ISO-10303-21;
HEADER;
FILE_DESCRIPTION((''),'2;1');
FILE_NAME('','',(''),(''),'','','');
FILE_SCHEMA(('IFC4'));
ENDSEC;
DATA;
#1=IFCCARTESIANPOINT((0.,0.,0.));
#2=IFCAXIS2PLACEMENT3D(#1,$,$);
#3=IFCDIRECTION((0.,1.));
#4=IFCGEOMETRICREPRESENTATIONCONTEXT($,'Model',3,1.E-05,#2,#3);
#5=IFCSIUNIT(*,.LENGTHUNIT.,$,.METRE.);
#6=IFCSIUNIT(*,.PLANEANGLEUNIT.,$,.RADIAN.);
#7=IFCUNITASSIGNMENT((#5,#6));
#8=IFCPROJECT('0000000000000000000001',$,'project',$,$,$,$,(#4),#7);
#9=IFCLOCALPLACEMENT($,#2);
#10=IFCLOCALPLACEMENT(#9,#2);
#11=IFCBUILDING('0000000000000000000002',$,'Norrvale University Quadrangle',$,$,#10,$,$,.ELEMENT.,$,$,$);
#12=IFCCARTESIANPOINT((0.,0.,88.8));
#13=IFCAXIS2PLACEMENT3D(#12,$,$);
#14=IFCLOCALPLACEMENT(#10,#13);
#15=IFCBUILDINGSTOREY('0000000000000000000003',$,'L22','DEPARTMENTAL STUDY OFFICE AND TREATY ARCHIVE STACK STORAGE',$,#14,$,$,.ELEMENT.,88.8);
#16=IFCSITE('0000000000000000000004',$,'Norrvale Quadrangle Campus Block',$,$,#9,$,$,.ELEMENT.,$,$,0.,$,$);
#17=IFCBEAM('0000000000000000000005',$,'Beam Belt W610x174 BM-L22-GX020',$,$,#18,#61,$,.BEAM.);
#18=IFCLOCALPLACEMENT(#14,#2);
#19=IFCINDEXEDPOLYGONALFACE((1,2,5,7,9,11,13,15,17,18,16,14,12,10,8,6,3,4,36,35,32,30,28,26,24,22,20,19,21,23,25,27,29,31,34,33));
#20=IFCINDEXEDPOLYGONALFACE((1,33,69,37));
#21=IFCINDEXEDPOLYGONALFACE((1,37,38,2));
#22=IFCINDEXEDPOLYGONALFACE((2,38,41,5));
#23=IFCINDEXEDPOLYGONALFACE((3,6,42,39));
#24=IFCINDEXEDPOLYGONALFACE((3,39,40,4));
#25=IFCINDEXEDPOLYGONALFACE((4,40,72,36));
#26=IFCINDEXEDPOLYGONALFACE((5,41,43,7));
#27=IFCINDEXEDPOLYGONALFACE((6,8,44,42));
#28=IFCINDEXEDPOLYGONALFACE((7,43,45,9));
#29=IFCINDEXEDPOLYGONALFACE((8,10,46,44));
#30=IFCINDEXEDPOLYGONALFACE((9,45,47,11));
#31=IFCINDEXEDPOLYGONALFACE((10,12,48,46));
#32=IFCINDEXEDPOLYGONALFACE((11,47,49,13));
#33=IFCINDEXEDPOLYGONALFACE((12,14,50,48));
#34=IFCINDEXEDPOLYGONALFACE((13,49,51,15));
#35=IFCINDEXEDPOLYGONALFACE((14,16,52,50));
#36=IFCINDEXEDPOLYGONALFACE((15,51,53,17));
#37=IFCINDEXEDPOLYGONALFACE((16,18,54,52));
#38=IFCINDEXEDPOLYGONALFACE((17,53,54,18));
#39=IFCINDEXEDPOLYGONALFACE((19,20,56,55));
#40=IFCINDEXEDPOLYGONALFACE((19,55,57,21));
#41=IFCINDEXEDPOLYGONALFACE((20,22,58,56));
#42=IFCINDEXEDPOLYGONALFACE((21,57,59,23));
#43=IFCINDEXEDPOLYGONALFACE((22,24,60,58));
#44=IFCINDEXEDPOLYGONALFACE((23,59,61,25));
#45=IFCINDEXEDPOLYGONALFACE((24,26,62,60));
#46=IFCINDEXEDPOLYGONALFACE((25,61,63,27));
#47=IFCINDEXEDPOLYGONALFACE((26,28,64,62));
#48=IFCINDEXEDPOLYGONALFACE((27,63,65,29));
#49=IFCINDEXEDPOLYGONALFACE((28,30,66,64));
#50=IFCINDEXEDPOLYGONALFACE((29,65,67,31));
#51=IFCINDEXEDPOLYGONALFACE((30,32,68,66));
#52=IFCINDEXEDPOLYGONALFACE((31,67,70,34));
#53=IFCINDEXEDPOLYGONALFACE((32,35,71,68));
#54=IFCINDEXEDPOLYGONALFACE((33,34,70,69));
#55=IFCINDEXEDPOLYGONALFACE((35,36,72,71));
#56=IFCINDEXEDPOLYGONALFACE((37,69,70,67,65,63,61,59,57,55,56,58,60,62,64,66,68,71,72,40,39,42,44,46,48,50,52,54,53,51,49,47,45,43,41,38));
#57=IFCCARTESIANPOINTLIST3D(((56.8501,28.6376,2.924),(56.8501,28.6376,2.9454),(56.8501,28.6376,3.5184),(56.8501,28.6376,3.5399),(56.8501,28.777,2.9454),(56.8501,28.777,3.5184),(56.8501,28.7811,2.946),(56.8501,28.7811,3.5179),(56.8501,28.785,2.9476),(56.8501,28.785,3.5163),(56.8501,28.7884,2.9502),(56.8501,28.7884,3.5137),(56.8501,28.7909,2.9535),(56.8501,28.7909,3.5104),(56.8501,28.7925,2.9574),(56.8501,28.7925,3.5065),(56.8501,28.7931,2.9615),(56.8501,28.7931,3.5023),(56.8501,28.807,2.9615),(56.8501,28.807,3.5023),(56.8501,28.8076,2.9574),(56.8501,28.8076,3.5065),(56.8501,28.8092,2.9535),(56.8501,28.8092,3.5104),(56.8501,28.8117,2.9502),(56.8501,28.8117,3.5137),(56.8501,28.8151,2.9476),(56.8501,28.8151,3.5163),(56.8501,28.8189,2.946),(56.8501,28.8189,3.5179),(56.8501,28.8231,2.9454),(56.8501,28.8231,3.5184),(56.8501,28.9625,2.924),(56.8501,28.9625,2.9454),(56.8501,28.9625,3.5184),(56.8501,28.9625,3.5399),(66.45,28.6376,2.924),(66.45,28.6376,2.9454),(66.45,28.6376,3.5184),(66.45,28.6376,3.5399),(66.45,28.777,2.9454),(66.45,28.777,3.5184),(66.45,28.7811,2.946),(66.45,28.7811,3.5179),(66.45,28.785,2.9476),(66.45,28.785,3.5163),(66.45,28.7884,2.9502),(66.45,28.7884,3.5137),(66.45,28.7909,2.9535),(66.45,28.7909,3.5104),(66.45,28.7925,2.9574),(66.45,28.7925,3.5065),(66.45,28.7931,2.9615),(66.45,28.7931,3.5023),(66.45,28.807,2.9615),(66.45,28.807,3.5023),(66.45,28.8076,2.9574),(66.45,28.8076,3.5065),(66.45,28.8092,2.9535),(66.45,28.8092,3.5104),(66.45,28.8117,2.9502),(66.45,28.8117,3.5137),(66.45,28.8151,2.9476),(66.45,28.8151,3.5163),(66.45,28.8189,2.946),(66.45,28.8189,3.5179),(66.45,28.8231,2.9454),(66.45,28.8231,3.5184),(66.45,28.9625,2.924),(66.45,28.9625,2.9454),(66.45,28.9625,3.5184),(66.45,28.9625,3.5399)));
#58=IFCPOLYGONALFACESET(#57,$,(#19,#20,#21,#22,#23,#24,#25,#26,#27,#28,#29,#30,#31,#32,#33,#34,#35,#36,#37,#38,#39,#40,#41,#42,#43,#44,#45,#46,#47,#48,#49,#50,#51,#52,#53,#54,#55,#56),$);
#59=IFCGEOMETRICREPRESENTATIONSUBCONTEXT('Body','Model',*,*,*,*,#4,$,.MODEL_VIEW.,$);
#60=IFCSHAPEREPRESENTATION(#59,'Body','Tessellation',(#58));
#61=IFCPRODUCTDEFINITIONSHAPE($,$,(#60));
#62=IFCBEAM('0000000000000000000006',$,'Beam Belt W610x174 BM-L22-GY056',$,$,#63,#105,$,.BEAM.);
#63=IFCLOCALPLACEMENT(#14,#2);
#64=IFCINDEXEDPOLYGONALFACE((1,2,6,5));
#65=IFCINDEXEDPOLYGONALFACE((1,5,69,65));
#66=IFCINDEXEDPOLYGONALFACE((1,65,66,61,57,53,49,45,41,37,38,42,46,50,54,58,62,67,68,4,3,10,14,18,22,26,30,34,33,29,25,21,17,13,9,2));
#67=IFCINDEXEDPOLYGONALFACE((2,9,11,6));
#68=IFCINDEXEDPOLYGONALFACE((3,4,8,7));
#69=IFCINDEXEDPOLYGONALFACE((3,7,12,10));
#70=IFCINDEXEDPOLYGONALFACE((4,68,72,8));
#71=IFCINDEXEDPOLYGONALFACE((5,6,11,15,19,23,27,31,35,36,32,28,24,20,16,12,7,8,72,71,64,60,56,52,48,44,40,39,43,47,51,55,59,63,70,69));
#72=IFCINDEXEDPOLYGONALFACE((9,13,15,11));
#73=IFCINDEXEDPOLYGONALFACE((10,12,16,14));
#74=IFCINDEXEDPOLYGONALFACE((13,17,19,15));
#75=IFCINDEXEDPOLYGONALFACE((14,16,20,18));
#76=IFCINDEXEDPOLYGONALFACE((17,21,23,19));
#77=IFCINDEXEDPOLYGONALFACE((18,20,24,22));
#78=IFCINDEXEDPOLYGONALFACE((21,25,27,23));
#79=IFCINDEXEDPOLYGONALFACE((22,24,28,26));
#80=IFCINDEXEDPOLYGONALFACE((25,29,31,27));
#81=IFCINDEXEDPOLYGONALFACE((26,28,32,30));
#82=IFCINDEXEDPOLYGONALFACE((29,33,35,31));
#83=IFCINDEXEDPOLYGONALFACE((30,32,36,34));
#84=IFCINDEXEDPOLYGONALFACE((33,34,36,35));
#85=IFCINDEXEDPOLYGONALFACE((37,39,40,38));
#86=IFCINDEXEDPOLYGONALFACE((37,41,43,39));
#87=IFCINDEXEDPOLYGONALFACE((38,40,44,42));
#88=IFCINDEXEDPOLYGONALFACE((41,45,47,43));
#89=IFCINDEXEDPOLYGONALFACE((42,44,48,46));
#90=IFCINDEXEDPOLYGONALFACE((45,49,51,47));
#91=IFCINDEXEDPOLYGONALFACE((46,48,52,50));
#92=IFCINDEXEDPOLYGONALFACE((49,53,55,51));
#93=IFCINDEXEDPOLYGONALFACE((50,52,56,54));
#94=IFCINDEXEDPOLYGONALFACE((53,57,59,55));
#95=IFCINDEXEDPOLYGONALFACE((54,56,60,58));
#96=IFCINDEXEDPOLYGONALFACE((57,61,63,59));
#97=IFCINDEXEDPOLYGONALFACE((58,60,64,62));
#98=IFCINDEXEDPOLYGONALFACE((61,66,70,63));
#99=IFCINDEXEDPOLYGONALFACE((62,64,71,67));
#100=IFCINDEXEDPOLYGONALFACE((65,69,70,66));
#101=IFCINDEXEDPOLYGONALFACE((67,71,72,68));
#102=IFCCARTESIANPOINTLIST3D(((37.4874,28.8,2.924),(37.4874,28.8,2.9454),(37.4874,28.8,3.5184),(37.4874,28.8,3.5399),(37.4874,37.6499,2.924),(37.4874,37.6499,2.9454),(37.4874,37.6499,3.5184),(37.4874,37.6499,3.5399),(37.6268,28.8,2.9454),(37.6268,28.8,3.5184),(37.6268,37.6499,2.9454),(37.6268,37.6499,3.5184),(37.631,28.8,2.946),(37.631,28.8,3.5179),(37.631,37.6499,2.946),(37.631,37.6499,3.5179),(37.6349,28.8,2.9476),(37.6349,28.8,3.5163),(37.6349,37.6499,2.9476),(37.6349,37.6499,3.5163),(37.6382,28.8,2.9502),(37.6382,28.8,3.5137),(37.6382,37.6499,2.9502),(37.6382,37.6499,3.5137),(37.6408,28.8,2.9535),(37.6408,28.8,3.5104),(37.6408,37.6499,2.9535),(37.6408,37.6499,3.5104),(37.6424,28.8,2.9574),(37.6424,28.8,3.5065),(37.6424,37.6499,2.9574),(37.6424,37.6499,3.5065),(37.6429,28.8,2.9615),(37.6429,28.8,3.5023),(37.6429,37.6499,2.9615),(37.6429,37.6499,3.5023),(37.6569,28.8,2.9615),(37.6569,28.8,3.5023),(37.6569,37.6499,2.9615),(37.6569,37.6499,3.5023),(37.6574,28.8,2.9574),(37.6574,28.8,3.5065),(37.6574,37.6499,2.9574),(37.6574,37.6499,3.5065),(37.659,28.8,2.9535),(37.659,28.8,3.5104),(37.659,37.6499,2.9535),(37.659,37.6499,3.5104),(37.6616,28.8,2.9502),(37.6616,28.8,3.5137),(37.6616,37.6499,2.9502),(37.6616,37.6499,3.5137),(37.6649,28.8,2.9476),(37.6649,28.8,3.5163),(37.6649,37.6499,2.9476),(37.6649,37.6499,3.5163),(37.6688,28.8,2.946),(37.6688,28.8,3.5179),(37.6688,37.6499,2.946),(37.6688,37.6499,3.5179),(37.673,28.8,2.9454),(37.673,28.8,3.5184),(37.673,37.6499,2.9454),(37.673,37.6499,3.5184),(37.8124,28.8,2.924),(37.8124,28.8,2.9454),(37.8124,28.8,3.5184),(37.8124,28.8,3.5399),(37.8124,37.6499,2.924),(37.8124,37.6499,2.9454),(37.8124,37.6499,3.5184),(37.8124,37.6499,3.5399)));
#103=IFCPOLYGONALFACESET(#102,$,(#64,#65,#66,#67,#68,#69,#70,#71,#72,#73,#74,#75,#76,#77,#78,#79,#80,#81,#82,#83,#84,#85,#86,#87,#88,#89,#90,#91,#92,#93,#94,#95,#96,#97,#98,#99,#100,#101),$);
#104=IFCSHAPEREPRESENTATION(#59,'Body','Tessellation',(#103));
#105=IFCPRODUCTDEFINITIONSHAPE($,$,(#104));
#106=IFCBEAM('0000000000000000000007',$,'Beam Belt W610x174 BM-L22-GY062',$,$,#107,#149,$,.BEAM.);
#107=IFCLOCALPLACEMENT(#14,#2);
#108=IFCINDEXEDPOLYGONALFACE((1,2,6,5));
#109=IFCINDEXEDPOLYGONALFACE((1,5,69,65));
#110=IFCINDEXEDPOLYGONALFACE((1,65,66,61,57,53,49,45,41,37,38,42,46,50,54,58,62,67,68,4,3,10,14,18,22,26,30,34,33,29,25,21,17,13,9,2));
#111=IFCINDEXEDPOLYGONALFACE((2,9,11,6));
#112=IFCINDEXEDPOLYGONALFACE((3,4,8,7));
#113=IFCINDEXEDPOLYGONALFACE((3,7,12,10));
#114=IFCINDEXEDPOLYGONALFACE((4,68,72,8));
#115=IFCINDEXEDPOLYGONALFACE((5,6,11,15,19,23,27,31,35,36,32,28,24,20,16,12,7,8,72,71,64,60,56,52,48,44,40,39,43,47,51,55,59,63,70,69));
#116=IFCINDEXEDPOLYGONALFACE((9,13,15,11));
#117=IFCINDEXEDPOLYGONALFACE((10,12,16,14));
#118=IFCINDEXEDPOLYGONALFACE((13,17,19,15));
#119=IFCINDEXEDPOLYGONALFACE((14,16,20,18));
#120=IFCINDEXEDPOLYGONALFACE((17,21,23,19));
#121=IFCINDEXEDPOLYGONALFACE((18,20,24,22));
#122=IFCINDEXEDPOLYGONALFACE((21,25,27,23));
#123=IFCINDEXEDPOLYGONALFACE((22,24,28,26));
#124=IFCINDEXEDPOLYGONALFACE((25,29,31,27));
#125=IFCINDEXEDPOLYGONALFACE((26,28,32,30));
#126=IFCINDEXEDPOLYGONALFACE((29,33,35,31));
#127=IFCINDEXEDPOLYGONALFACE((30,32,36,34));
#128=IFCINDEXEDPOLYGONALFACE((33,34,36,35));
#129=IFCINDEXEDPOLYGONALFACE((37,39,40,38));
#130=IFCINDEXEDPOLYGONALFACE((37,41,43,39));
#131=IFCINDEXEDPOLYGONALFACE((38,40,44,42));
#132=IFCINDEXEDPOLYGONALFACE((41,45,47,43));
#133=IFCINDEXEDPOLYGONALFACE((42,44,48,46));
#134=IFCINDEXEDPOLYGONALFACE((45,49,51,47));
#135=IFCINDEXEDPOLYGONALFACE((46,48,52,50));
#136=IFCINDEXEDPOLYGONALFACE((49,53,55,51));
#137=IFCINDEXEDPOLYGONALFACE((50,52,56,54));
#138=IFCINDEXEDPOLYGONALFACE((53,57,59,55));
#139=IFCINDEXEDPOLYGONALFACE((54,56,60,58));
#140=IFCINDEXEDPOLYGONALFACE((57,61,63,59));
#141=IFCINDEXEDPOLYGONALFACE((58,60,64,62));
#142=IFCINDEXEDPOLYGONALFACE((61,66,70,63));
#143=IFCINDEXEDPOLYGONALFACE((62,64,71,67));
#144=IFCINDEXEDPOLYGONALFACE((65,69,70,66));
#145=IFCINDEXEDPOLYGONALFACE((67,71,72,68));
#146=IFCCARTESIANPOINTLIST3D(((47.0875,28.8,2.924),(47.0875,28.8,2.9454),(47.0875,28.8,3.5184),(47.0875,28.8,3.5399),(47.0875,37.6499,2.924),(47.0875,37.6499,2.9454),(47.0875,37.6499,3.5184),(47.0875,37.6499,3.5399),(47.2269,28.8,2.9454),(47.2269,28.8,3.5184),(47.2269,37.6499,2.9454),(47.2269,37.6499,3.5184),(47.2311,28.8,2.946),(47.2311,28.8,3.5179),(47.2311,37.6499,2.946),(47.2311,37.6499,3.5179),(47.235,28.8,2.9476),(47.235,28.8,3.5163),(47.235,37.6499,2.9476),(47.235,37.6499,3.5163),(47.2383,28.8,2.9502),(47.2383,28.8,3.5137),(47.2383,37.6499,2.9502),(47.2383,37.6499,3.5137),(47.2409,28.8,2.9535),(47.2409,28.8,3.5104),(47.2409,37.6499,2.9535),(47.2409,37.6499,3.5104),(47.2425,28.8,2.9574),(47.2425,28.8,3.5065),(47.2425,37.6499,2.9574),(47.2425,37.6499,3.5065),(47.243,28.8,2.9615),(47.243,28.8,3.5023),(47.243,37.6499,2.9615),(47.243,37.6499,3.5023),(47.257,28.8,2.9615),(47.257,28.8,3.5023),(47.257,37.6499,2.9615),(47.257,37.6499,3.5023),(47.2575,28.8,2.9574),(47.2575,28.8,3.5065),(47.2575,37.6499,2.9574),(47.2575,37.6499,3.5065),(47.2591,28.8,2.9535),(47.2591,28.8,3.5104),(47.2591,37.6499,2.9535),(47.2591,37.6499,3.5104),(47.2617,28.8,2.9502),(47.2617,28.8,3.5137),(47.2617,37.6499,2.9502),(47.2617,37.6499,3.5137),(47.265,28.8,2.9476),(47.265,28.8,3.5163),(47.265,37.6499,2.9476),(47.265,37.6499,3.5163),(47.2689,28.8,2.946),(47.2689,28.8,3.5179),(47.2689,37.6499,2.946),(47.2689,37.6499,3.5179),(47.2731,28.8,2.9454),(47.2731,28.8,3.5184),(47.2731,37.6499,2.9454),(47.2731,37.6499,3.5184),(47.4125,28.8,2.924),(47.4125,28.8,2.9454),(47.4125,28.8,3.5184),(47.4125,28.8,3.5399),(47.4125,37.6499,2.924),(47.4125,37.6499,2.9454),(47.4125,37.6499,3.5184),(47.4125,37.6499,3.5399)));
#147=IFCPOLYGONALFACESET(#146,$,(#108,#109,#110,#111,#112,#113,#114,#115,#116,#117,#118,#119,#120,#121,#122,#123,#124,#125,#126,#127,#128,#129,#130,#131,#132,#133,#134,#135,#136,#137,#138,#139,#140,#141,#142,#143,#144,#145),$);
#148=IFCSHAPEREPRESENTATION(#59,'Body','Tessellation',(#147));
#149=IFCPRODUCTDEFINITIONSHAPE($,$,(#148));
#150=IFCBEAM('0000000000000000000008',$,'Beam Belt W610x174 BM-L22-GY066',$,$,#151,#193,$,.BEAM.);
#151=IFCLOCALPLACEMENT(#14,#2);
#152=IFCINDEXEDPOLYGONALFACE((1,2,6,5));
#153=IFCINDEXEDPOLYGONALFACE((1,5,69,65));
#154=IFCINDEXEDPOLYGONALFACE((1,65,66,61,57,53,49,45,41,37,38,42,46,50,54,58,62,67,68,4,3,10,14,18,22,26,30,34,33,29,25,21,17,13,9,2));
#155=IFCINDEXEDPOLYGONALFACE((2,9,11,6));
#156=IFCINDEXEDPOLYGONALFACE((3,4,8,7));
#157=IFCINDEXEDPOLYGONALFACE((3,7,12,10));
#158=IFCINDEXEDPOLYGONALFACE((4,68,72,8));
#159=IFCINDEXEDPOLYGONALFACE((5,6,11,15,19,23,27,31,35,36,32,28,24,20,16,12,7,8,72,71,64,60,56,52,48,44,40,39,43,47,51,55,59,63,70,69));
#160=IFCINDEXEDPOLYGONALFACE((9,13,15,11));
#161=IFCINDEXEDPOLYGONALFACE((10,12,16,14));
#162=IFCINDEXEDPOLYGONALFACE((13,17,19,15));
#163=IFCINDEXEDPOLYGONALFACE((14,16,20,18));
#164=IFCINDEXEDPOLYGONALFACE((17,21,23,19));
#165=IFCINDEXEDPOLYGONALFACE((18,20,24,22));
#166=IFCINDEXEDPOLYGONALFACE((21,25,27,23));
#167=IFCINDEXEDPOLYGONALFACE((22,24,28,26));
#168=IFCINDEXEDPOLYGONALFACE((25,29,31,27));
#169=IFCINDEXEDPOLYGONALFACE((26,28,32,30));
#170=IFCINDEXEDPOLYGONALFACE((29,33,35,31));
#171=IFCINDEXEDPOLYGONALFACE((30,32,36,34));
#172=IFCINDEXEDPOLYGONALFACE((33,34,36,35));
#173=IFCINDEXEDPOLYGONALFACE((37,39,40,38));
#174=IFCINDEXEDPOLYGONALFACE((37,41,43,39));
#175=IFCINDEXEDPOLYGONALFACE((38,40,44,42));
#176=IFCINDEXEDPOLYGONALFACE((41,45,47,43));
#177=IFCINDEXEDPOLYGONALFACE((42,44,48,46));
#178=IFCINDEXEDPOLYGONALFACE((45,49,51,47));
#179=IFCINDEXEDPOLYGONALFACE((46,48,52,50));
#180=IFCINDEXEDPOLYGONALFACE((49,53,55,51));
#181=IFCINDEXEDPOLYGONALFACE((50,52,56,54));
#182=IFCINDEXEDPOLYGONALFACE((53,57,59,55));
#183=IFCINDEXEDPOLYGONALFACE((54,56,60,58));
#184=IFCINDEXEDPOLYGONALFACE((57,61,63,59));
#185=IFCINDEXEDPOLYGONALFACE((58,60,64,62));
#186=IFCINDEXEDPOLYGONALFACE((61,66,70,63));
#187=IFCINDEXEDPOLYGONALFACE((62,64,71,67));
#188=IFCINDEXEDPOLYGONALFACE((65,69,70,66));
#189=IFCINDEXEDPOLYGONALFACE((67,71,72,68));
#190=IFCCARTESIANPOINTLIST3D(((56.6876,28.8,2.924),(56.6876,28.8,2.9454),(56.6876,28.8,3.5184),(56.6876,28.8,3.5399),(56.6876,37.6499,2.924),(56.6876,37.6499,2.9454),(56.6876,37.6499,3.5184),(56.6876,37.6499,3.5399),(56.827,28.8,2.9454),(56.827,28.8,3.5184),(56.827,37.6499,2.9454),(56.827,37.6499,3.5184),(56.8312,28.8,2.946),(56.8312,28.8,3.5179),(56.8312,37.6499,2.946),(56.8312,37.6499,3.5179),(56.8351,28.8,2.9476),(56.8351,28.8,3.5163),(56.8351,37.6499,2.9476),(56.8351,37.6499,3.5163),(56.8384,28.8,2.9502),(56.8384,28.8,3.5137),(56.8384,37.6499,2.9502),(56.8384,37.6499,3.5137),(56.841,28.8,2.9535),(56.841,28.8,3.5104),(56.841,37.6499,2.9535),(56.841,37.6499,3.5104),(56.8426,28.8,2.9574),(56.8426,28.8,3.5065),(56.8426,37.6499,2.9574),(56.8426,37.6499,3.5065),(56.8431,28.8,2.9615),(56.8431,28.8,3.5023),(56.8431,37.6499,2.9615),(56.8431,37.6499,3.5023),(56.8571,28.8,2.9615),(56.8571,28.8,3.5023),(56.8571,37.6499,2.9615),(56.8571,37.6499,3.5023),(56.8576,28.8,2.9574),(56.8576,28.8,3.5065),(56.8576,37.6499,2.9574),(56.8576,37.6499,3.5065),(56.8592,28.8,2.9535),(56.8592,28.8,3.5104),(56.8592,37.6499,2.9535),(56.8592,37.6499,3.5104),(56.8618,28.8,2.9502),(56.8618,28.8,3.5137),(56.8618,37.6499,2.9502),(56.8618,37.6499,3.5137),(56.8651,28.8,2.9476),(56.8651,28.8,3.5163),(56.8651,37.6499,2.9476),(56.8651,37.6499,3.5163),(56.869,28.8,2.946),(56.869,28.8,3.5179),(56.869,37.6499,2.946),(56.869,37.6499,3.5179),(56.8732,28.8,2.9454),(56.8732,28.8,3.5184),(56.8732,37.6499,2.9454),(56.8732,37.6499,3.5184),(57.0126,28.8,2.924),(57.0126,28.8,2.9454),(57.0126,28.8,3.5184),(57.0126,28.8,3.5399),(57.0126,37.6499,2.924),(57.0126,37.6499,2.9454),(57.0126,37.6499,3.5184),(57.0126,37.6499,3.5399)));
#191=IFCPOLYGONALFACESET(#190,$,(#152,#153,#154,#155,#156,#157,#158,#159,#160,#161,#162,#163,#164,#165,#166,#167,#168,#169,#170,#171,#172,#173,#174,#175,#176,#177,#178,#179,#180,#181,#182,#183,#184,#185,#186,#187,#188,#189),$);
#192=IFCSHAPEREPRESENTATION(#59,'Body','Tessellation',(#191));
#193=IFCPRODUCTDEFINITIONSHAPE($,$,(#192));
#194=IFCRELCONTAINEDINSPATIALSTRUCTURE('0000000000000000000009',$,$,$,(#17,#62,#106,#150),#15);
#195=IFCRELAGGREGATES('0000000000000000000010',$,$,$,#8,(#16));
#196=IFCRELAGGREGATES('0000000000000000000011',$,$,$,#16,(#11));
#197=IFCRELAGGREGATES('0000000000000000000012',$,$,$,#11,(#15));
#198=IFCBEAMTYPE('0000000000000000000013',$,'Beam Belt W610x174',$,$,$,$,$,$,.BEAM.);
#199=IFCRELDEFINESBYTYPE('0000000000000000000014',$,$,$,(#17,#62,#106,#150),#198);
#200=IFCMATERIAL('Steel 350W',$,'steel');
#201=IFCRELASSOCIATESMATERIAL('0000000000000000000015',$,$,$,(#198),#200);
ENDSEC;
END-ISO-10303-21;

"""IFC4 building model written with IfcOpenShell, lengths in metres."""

from ifc_helpers import new_model, si_unit, direction, frame, origin, origin_2d, place, context, subcontext, project, spatial, i_section, extrude, material, material_profile, profile_set, type_object, element, save


model = new_model("IFC4")

# Units and contexts
model_context = context("Model", 3, precision=1e-05, world=origin(), true_north=direction((0.0, 1.0)))
body_context = subcontext(model_context, "Body", "Model", "MODEL_VIEW")
ifc_project = project(units=[si_unit("LENGTHUNIT", "METRE"), si_unit("PLANEANGLEUNIT", "RADIAN")], contexts=[model_context])

# Site, building, storey
site_placement = place(None, origin())
site = spatial("IfcSite", under=ifc_project, at=site_placement, Name="Norrvale Quadrangle Campus Block", CompositionType="ELEMENT", RefElevation=0.0)
building_placement = place(site_placement, origin())
building = spatial("IfcBuilding", under=site, at=building_placement, Name="Norrvale University Quadrangle", CompositionType="ELEMENT")
storey_placement = place(building_placement, frame((0.0, 0.0, 88.8)))
storey = spatial("IfcBuildingStorey", under=building, at=storey_placement, Name="L22", Description="DEPARTMENTAL STUDY OFFICE AND TREATY ARCHIVE STACK STORAGE", CompositionType="ELEMENT", Elevation=88.8)

# Beams
ifc_material_1 = material(Name="Steel 350W", Category="steel")
ifc_material_profile_1 = material_profile(ifc_material_1, i_section(OverallWidth=0.325, OverallDepth=0.616, WebThickness=0.0139, FlangeThickness=0.0215, FilletRadius=0.0161, at=origin_2d()), Name="Steel 350W")
ifc_profile_set_1 = profile_set([ifc_material_profile_1], Name="Steel 350W")
beam_type_1 = type_object("IfcBeamType", Name="Beam Belt W610x174", PredefinedType="BEAM", material=ifc_profile_set_1)
beam_1_placement = place(storey_placement, frame((56.8501, 28.8, 3.2319), z_axis=(1.0, 0.0, 0.0), x_axis=(0.0, 1.0, 0.0)))
element("IfcBeam", 1, at=beam_1_placement, inside=storey, type_object=beam_type_1, Name="Beam Belt W610x174 BM-L22-GX020", PredefinedType="BEAM", context=body_context, shape_type="SweptSolid", body=[
    extrude(i_section(OverallWidth=0.325, OverallDepth=0.616, WebThickness=0.0139, FlangeThickness=0.0215, FilletRadius=0.0161, at=origin_2d()), origin(), (0.0, 0.0, 1.0), 9.5999),
])
for number, where, z_axis, x_axis, name in (
    (2, (37.6499, 28.8, 3.2319), (0.0, 1.0, 0.0), (-1.0, 0.0, 0.0), "Beam Belt W610x174 BM-L22-GY056"),
    (3, (47.25, 28.8, 3.2319), (0.0, 1.0, 0.0), (-1.0, 0.0, 0.0), "Beam Belt W610x174 BM-L22-GY062"),
    (4, (56.8501, 28.8, 3.2319), (0.0, 1.0, 0.0), (-1.0, 0.0, 0.0), "Beam Belt W610x174 BM-L22-GY066"),
):
    element("IfcBeam", number, at=place(storey_placement, frame(where, z_axis=z_axis, x_axis=x_axis)), inside=storey, type_object=beam_type_1, Name=name, PredefinedType="BEAM", context=body_context, shape_type="SweptSolid", body=[
        extrude(i_section(OverallWidth=0.325, OverallDepth=0.616, WebThickness=0.0139, FlangeThickness=0.0215, FilletRadius=0.0161, at=origin_2d()), origin(), (0.0, 0.0, 1.0), 8.8499),
    ])

save(model, "model.ifc")
